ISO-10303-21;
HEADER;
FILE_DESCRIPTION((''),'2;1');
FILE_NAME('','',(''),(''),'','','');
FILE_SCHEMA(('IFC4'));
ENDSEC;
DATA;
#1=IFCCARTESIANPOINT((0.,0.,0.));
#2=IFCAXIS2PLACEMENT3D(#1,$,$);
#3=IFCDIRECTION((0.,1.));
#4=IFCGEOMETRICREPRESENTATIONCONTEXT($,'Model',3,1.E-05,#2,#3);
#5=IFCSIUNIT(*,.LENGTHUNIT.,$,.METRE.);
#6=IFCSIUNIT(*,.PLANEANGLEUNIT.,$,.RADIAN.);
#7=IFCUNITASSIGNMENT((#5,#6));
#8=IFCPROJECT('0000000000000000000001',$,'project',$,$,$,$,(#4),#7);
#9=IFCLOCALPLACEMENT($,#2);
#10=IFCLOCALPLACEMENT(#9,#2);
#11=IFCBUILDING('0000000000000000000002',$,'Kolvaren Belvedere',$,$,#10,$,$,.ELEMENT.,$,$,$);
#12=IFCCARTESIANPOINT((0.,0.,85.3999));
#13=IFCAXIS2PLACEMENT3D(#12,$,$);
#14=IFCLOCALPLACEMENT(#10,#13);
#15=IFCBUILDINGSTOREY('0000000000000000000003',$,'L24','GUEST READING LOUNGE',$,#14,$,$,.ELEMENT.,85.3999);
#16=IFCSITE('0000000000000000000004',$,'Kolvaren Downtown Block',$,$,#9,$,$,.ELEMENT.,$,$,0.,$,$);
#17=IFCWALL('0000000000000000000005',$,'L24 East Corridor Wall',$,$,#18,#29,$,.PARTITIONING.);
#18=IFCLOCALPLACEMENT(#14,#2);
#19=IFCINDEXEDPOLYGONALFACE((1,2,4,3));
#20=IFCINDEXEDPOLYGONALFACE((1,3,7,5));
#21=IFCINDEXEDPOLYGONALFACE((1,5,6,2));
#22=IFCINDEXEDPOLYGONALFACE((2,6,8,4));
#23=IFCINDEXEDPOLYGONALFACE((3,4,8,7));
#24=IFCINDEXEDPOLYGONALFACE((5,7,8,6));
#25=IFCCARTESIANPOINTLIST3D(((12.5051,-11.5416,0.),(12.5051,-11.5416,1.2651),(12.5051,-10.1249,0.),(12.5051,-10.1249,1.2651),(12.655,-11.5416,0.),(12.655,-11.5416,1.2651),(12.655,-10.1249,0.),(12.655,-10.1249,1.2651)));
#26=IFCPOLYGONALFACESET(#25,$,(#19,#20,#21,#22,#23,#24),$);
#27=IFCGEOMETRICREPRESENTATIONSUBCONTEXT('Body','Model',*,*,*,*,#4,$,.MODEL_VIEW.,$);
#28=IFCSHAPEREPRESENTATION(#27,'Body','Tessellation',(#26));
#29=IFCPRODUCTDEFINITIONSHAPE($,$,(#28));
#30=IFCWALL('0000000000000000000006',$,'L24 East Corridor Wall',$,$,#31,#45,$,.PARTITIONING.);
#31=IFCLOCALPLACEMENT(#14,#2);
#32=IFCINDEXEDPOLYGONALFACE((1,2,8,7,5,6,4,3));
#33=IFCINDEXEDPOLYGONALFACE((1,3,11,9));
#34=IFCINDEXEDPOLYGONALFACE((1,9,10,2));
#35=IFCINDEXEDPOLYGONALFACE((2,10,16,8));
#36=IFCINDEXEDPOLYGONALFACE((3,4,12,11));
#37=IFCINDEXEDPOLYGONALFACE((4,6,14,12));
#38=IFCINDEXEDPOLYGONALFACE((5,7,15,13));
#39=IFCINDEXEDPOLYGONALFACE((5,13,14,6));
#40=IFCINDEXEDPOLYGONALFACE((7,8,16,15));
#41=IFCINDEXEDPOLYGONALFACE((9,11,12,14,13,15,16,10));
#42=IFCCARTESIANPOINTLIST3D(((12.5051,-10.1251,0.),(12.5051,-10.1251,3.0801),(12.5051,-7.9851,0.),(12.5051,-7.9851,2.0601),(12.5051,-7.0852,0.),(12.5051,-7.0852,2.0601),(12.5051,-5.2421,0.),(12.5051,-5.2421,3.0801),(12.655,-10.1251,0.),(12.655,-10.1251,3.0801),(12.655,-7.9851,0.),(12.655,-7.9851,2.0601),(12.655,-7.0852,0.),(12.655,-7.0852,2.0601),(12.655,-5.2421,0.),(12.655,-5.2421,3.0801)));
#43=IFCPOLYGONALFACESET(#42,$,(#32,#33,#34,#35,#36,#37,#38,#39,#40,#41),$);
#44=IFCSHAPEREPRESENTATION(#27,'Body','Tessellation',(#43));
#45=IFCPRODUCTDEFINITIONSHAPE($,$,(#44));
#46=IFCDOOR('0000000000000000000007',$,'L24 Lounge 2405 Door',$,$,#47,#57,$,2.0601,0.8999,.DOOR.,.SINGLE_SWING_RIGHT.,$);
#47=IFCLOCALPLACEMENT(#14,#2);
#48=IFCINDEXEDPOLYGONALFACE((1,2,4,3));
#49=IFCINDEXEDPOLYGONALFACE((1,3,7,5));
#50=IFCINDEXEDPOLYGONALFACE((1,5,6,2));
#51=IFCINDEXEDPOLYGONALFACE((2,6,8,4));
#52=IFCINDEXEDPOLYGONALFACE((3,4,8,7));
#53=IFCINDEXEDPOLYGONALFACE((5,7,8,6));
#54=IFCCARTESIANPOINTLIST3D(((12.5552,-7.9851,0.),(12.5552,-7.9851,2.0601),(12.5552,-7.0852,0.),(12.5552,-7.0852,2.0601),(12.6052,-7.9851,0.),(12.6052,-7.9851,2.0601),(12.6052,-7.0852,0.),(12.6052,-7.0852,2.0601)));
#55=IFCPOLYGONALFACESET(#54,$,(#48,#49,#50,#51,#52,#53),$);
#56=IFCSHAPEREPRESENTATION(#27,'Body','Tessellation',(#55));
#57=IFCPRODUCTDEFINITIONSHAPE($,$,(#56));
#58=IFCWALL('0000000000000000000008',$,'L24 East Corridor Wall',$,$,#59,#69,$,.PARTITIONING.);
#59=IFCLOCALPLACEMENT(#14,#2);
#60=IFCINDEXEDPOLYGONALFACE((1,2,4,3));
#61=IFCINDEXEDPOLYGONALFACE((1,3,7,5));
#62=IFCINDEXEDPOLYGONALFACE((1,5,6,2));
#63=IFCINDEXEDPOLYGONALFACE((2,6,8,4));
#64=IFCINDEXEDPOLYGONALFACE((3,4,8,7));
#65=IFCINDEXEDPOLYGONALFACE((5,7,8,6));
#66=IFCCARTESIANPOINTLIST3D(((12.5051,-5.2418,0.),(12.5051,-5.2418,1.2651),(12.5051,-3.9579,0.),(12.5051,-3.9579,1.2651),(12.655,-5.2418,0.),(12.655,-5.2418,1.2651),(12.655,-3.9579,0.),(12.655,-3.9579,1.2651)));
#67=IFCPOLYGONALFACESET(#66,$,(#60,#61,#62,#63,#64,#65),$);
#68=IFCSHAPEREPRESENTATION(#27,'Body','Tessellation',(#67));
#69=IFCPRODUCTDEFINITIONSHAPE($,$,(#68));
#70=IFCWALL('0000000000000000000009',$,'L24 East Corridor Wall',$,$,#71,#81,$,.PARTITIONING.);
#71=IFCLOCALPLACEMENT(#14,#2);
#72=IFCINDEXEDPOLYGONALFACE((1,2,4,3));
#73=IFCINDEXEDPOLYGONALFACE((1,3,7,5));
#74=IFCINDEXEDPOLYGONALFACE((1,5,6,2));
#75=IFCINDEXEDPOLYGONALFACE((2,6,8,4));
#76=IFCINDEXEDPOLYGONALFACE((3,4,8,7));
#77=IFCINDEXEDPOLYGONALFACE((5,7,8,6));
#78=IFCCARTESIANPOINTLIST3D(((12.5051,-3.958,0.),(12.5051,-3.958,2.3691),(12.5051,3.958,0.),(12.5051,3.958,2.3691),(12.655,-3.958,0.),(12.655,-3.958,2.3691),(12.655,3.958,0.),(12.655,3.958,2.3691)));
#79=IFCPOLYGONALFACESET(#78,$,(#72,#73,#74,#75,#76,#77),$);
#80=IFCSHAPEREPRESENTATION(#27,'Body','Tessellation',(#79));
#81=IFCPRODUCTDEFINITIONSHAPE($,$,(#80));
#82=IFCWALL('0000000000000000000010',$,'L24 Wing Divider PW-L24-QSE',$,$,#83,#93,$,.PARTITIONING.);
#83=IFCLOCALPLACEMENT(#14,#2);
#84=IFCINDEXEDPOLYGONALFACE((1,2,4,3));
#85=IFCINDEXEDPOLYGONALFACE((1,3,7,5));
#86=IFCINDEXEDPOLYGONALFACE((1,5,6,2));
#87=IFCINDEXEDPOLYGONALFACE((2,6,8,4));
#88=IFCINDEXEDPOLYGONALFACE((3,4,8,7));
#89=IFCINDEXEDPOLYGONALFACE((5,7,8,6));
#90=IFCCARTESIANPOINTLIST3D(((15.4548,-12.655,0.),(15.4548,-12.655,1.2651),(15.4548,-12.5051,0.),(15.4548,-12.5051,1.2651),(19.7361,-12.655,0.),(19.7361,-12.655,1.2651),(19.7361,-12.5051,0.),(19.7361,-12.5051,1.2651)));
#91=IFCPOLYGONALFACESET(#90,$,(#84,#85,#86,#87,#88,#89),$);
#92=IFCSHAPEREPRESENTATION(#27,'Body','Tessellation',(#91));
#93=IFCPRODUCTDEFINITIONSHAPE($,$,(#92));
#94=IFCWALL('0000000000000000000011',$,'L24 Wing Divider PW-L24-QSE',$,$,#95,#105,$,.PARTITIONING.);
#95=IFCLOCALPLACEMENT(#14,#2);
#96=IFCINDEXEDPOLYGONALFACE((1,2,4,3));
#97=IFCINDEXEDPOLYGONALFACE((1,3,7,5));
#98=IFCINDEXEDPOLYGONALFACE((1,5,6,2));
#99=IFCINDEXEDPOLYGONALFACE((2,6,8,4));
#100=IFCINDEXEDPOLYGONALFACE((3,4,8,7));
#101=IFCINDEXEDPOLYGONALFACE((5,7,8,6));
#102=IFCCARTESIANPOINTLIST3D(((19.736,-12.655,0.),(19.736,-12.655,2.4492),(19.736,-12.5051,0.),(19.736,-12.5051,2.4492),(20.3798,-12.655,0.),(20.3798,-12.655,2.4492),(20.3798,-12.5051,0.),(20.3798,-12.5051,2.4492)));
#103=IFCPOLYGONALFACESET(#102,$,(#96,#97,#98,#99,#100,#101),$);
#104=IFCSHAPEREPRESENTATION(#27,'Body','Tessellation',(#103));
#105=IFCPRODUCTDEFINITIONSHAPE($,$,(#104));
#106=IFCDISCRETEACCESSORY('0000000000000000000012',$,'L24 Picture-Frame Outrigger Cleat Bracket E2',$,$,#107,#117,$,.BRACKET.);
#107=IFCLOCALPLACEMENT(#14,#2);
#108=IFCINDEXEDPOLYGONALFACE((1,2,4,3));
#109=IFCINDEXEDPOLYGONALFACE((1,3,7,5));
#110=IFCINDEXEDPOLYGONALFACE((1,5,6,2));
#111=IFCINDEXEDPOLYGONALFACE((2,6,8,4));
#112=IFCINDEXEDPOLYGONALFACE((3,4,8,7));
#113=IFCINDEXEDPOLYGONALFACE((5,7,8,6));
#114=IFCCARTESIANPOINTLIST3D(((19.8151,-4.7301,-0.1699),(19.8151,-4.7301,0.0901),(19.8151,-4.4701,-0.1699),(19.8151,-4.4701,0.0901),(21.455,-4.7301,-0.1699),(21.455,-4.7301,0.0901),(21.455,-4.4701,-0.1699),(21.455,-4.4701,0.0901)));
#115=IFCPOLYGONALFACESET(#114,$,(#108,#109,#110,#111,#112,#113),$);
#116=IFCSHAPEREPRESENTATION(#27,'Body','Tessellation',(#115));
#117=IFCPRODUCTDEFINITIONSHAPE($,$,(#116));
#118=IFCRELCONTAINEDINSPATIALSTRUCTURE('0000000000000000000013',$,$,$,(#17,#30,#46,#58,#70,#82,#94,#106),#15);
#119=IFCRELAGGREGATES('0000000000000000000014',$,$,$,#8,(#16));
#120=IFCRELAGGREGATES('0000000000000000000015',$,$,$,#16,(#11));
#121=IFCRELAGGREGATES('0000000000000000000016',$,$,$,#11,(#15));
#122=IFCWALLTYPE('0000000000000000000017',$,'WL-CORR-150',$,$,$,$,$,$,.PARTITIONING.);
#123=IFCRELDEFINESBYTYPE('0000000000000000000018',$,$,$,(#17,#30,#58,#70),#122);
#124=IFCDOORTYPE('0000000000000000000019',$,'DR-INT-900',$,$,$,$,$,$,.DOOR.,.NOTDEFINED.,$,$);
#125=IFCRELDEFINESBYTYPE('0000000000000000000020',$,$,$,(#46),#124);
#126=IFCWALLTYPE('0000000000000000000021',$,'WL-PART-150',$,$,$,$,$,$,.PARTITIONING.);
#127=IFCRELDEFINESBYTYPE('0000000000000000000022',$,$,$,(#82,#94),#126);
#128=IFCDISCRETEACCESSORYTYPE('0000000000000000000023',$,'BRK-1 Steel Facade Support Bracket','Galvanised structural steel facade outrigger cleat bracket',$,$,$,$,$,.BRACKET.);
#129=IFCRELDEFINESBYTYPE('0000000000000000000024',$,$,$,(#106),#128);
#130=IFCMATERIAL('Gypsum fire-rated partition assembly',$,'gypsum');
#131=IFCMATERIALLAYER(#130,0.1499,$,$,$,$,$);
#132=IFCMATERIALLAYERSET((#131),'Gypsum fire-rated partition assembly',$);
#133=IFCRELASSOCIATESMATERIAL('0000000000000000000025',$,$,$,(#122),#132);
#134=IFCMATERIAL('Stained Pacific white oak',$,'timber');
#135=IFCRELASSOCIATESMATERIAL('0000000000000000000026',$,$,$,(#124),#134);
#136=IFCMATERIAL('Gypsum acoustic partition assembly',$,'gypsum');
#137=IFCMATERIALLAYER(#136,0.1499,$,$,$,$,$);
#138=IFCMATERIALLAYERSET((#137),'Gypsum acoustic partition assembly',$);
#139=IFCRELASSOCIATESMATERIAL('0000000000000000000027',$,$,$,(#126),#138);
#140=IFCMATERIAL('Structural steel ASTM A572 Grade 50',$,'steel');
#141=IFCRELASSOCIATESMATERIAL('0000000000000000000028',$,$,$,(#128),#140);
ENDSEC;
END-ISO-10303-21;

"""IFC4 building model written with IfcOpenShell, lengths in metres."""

from ifc_helpers import new_model, si_unit, direction, frame, frame_2d, origin, origin_2d, place, context, subcontext, project, spatial, rectangle, extrude, material, layer, layer_set, type_object, element, fill, save


model = new_model("IFC4")

# Units and contexts
model_context = context("Model", 3, precision=1e-05, world=origin(), true_north=direction((0.0, 1.0)))
body_context = subcontext(model_context, "Body", "Model", "MODEL_VIEW")
ifc_project = project(units=[si_unit("LENGTHUNIT", "METRE"), si_unit("PLANEANGLEUNIT", "RADIAN")], contexts=[model_context])

# Site, building, storey
site_placement = place(None, origin())
site = spatial("IfcSite", under=ifc_project, at=site_placement, Name="Kolvaren Downtown Block", CompositionType="ELEMENT", RefElevation=0.0)
building_placement = place(site_placement, origin())
building = spatial("IfcBuilding", under=site, at=building_placement, Name="Kolvaren Belvedere", CompositionType="ELEMENT")
storey_placement = place(building_placement, frame((0.0, 0.0, 85.3999)))
storey = spatial("IfcBuildingStorey", under=building, at=storey_placement, Name="L24", Description="GUEST READING LOUNGE", CompositionType="ELEMENT", Elevation=85.3999)

# Wall
ifc_material_1 = material(Name="Gypsum fire-rated partition assembly", Category="gypsum")
ifc_layer_1 = layer(ifc_material_1, 0.1499)
ifc_layer_set_1 = layer_set([ifc_layer_1], Name="Gypsum fire-rated partition assembly")
wall_type_1 = type_object("IfcWallType", Name="WL-CORR-150", PredefinedType="PARTITIONING", material=ifc_layer_set_1)
wall_1_placement = place(storey_placement, frame((12.5801, -11.5417, 0.0), z_axis=(0.0, 0.0, 1.0), x_axis=(0.0, 1.0, 0.0)))
element("IfcWall", 1, at=wall_1_placement, inside=storey, type_object=wall_type_1, Name="L24 East Corridor Wall", PredefinedType="PARTITIONING", context=body_context, shape_type="SweptSolid", body=[
    extrude(rectangle(XDim=1.4167, YDim=0.1499, at=frame_2d((0.7085, 0.0))), origin(), (0.0, 0.0, 1.0), 1.2651),
])

# Wall, opening, door
wall_2_placement = place(storey_placement, frame((12.5801, -10.125, 0.0), z_axis=(0.0, 0.0, 1.0), x_axis=(0.0, 1.0, 0.0)))
wall_2 = element("IfcWall", 2, at=wall_2_placement, inside=storey, type_object=wall_type_1, Name="L24 East Corridor Wall", PredefinedType="PARTITIONING", context=body_context, shape_type="SweptSolid", body=[
    extrude(rectangle(XDim=4.8831, YDim=0.1499, at=frame_2d((2.4414, 0.0))), origin(), (0.0, 0.0, 1.0), 3.0801),
])
opening_placement = place(wall_2_placement, frame((2.1399, 0.0, 0.0)))
opening = element("IfcOpeningElement", 3, at=opening_placement, cuts=wall_2, PredefinedType="OPENING", context=body_context, shape_type="SweptSolid", body=[
    extrude(rectangle(XDim=0.8999, YDim=2.0601, at=frame_2d((0.45, 1.03))), frame((0.0, 0.085, 0.0), z_axis=(0.0, -1.0, 0.0), x_axis=(1.0, 0.0, 0.0)), (0.0, 0.0, 1.0), 0.1699),
])
ifc_material_2 = material(Name="Stained Pacific white oak", Category="timber")
door_type = type_object("IfcDoorType", Name="DR-INT-900", OperationType="NOTDEFINED", PredefinedType="DOOR", material=ifc_material_2)
door_placement = place(opening_placement, origin())
door = element("IfcDoor", 4, at=door_placement, inside=storey, type_object=door_type, Name="L24 Lounge 2405 Door", OperationType="SINGLE_SWING_RIGHT", OverallHeight=2.0601, OverallWidth=0.8999, PredefinedType="DOOR", context=body_context, shape_type="SweptSolid", body=[
    extrude(rectangle(XDim=0.8999, YDim=2.0601, at=frame_2d((0.45, 1.03))), frame((0.0, 0.0249, 0.0), z_axis=(0.0, -1.0, 0.0), x_axis=(1.0, 0.0, 0.0)), (0.0, 0.0, 1.0), 0.05),
])
fill(opening, door)

# Walls
wall_3_placement = place(storey_placement, frame((12.5801, -5.2419, 0.0), z_axis=(0.0, 0.0, 1.0), x_axis=(0.0, 1.0, 0.0)))
element("IfcWall", 5, at=wall_3_placement, inside=storey, type_object=wall_type_1, Name="L24 East Corridor Wall", PredefinedType="PARTITIONING", context=body_context, shape_type="SweptSolid", body=[
    extrude(rectangle(XDim=1.2839, YDim=0.1499, at=frame_2d((0.6421, 0.0))), origin(), (0.0, 0.0, 1.0), 1.2651),
])
wall_4_placement = place(storey_placement, frame((12.5801, -3.958, 0.0), z_axis=(0.0, 0.0, 1.0), x_axis=(0.0, 1.0, 0.0)))
element("IfcWall", 6, at=wall_4_placement, inside=storey, type_object=wall_type_1, Name="L24 East Corridor Wall", PredefinedType="PARTITIONING", context=body_context, shape_type="SweptSolid", body=[
    extrude(rectangle(XDim=7.916, YDim=0.1499, at=frame_2d((3.958, 0.0))), origin(), (0.0, 0.0, 1.0), 2.3691),
])
ifc_material_3 = material(Name="Gypsum acoustic partition assembly", Category="gypsum")
ifc_layer_2 = layer(ifc_material_3, 0.1499)
ifc_layer_set_2 = layer_set([ifc_layer_2], Name="Gypsum acoustic partition assembly")
wall_type_2 = type_object("IfcWallType", Name="WL-PART-150", PredefinedType="PARTITIONING", material=ifc_layer_set_2)
wall_5_placement = place(storey_placement, frame((15.4548, -12.5801, 0.0), z_axis=(0.0, 0.0, 1.0), x_axis=(1.0, 0.0, 0.0)))
element("IfcWall", 7, at=wall_5_placement, inside=storey, type_object=wall_type_2, Name="L24 Wing Divider PW-L24-QSE", PredefinedType="PARTITIONING", context=body_context, shape_type="SweptSolid", body=[
    extrude(rectangle(XDim=4.2812, YDim=0.1499, at=frame_2d((2.1406, 0.0))), origin(), (0.0, 0.0, 1.0), 1.2651),
])
wall_6_placement = place(storey_placement, frame((19.7361, -12.5801, 0.0), z_axis=(0.0, 0.0, 1.0), x_axis=(1.0, 0.0, 0.0)))
element("IfcWall", 8, at=wall_6_placement, inside=storey, type_object=wall_type_2, Name="L24 Wing Divider PW-L24-QSE", PredefinedType="PARTITIONING", context=body_context, shape_type="SweptSolid", body=[
    extrude(rectangle(XDim=0.6438, YDim=0.1499, at=frame_2d((0.3218, 0.0))), origin(), (0.0, 0.0, 1.0), 2.4492),
])

# Discrete accessory
ifc_material_4 = material(Name="Structural steel ASTM A572 Grade 50", Category="steel")
discrete_accessory_type = type_object("IfcDiscreteAccessoryType", Name="BRK-1 Steel Facade Support Bracket", Description="Galvanised structural steel facade outrigger cleat bracket", PredefinedType="BRACKET", material=ifc_material_4)
discrete_accessory_placement = place(storey_placement, frame((20.635, -4.6001, -0.1699), z_axis=(0.0, 0.0, 1.0), x_axis=(1.0, 0.0, 0.0)))
element("IfcDiscreteAccessory", 9, at=discrete_accessory_placement, inside=storey, type_object=discrete_accessory_type, Name="L24 Picture-Frame Outrigger Cleat Bracket E2", PredefinedType="BRACKET", context=body_context, shape_type="SweptSolid", body=[
    extrude(rectangle(XDim=1.6399, YDim=0.26, at=origin_2d()), origin(), (0.0, 0.0, 1.0), 0.26),
])

save(model, "model.ifc")
